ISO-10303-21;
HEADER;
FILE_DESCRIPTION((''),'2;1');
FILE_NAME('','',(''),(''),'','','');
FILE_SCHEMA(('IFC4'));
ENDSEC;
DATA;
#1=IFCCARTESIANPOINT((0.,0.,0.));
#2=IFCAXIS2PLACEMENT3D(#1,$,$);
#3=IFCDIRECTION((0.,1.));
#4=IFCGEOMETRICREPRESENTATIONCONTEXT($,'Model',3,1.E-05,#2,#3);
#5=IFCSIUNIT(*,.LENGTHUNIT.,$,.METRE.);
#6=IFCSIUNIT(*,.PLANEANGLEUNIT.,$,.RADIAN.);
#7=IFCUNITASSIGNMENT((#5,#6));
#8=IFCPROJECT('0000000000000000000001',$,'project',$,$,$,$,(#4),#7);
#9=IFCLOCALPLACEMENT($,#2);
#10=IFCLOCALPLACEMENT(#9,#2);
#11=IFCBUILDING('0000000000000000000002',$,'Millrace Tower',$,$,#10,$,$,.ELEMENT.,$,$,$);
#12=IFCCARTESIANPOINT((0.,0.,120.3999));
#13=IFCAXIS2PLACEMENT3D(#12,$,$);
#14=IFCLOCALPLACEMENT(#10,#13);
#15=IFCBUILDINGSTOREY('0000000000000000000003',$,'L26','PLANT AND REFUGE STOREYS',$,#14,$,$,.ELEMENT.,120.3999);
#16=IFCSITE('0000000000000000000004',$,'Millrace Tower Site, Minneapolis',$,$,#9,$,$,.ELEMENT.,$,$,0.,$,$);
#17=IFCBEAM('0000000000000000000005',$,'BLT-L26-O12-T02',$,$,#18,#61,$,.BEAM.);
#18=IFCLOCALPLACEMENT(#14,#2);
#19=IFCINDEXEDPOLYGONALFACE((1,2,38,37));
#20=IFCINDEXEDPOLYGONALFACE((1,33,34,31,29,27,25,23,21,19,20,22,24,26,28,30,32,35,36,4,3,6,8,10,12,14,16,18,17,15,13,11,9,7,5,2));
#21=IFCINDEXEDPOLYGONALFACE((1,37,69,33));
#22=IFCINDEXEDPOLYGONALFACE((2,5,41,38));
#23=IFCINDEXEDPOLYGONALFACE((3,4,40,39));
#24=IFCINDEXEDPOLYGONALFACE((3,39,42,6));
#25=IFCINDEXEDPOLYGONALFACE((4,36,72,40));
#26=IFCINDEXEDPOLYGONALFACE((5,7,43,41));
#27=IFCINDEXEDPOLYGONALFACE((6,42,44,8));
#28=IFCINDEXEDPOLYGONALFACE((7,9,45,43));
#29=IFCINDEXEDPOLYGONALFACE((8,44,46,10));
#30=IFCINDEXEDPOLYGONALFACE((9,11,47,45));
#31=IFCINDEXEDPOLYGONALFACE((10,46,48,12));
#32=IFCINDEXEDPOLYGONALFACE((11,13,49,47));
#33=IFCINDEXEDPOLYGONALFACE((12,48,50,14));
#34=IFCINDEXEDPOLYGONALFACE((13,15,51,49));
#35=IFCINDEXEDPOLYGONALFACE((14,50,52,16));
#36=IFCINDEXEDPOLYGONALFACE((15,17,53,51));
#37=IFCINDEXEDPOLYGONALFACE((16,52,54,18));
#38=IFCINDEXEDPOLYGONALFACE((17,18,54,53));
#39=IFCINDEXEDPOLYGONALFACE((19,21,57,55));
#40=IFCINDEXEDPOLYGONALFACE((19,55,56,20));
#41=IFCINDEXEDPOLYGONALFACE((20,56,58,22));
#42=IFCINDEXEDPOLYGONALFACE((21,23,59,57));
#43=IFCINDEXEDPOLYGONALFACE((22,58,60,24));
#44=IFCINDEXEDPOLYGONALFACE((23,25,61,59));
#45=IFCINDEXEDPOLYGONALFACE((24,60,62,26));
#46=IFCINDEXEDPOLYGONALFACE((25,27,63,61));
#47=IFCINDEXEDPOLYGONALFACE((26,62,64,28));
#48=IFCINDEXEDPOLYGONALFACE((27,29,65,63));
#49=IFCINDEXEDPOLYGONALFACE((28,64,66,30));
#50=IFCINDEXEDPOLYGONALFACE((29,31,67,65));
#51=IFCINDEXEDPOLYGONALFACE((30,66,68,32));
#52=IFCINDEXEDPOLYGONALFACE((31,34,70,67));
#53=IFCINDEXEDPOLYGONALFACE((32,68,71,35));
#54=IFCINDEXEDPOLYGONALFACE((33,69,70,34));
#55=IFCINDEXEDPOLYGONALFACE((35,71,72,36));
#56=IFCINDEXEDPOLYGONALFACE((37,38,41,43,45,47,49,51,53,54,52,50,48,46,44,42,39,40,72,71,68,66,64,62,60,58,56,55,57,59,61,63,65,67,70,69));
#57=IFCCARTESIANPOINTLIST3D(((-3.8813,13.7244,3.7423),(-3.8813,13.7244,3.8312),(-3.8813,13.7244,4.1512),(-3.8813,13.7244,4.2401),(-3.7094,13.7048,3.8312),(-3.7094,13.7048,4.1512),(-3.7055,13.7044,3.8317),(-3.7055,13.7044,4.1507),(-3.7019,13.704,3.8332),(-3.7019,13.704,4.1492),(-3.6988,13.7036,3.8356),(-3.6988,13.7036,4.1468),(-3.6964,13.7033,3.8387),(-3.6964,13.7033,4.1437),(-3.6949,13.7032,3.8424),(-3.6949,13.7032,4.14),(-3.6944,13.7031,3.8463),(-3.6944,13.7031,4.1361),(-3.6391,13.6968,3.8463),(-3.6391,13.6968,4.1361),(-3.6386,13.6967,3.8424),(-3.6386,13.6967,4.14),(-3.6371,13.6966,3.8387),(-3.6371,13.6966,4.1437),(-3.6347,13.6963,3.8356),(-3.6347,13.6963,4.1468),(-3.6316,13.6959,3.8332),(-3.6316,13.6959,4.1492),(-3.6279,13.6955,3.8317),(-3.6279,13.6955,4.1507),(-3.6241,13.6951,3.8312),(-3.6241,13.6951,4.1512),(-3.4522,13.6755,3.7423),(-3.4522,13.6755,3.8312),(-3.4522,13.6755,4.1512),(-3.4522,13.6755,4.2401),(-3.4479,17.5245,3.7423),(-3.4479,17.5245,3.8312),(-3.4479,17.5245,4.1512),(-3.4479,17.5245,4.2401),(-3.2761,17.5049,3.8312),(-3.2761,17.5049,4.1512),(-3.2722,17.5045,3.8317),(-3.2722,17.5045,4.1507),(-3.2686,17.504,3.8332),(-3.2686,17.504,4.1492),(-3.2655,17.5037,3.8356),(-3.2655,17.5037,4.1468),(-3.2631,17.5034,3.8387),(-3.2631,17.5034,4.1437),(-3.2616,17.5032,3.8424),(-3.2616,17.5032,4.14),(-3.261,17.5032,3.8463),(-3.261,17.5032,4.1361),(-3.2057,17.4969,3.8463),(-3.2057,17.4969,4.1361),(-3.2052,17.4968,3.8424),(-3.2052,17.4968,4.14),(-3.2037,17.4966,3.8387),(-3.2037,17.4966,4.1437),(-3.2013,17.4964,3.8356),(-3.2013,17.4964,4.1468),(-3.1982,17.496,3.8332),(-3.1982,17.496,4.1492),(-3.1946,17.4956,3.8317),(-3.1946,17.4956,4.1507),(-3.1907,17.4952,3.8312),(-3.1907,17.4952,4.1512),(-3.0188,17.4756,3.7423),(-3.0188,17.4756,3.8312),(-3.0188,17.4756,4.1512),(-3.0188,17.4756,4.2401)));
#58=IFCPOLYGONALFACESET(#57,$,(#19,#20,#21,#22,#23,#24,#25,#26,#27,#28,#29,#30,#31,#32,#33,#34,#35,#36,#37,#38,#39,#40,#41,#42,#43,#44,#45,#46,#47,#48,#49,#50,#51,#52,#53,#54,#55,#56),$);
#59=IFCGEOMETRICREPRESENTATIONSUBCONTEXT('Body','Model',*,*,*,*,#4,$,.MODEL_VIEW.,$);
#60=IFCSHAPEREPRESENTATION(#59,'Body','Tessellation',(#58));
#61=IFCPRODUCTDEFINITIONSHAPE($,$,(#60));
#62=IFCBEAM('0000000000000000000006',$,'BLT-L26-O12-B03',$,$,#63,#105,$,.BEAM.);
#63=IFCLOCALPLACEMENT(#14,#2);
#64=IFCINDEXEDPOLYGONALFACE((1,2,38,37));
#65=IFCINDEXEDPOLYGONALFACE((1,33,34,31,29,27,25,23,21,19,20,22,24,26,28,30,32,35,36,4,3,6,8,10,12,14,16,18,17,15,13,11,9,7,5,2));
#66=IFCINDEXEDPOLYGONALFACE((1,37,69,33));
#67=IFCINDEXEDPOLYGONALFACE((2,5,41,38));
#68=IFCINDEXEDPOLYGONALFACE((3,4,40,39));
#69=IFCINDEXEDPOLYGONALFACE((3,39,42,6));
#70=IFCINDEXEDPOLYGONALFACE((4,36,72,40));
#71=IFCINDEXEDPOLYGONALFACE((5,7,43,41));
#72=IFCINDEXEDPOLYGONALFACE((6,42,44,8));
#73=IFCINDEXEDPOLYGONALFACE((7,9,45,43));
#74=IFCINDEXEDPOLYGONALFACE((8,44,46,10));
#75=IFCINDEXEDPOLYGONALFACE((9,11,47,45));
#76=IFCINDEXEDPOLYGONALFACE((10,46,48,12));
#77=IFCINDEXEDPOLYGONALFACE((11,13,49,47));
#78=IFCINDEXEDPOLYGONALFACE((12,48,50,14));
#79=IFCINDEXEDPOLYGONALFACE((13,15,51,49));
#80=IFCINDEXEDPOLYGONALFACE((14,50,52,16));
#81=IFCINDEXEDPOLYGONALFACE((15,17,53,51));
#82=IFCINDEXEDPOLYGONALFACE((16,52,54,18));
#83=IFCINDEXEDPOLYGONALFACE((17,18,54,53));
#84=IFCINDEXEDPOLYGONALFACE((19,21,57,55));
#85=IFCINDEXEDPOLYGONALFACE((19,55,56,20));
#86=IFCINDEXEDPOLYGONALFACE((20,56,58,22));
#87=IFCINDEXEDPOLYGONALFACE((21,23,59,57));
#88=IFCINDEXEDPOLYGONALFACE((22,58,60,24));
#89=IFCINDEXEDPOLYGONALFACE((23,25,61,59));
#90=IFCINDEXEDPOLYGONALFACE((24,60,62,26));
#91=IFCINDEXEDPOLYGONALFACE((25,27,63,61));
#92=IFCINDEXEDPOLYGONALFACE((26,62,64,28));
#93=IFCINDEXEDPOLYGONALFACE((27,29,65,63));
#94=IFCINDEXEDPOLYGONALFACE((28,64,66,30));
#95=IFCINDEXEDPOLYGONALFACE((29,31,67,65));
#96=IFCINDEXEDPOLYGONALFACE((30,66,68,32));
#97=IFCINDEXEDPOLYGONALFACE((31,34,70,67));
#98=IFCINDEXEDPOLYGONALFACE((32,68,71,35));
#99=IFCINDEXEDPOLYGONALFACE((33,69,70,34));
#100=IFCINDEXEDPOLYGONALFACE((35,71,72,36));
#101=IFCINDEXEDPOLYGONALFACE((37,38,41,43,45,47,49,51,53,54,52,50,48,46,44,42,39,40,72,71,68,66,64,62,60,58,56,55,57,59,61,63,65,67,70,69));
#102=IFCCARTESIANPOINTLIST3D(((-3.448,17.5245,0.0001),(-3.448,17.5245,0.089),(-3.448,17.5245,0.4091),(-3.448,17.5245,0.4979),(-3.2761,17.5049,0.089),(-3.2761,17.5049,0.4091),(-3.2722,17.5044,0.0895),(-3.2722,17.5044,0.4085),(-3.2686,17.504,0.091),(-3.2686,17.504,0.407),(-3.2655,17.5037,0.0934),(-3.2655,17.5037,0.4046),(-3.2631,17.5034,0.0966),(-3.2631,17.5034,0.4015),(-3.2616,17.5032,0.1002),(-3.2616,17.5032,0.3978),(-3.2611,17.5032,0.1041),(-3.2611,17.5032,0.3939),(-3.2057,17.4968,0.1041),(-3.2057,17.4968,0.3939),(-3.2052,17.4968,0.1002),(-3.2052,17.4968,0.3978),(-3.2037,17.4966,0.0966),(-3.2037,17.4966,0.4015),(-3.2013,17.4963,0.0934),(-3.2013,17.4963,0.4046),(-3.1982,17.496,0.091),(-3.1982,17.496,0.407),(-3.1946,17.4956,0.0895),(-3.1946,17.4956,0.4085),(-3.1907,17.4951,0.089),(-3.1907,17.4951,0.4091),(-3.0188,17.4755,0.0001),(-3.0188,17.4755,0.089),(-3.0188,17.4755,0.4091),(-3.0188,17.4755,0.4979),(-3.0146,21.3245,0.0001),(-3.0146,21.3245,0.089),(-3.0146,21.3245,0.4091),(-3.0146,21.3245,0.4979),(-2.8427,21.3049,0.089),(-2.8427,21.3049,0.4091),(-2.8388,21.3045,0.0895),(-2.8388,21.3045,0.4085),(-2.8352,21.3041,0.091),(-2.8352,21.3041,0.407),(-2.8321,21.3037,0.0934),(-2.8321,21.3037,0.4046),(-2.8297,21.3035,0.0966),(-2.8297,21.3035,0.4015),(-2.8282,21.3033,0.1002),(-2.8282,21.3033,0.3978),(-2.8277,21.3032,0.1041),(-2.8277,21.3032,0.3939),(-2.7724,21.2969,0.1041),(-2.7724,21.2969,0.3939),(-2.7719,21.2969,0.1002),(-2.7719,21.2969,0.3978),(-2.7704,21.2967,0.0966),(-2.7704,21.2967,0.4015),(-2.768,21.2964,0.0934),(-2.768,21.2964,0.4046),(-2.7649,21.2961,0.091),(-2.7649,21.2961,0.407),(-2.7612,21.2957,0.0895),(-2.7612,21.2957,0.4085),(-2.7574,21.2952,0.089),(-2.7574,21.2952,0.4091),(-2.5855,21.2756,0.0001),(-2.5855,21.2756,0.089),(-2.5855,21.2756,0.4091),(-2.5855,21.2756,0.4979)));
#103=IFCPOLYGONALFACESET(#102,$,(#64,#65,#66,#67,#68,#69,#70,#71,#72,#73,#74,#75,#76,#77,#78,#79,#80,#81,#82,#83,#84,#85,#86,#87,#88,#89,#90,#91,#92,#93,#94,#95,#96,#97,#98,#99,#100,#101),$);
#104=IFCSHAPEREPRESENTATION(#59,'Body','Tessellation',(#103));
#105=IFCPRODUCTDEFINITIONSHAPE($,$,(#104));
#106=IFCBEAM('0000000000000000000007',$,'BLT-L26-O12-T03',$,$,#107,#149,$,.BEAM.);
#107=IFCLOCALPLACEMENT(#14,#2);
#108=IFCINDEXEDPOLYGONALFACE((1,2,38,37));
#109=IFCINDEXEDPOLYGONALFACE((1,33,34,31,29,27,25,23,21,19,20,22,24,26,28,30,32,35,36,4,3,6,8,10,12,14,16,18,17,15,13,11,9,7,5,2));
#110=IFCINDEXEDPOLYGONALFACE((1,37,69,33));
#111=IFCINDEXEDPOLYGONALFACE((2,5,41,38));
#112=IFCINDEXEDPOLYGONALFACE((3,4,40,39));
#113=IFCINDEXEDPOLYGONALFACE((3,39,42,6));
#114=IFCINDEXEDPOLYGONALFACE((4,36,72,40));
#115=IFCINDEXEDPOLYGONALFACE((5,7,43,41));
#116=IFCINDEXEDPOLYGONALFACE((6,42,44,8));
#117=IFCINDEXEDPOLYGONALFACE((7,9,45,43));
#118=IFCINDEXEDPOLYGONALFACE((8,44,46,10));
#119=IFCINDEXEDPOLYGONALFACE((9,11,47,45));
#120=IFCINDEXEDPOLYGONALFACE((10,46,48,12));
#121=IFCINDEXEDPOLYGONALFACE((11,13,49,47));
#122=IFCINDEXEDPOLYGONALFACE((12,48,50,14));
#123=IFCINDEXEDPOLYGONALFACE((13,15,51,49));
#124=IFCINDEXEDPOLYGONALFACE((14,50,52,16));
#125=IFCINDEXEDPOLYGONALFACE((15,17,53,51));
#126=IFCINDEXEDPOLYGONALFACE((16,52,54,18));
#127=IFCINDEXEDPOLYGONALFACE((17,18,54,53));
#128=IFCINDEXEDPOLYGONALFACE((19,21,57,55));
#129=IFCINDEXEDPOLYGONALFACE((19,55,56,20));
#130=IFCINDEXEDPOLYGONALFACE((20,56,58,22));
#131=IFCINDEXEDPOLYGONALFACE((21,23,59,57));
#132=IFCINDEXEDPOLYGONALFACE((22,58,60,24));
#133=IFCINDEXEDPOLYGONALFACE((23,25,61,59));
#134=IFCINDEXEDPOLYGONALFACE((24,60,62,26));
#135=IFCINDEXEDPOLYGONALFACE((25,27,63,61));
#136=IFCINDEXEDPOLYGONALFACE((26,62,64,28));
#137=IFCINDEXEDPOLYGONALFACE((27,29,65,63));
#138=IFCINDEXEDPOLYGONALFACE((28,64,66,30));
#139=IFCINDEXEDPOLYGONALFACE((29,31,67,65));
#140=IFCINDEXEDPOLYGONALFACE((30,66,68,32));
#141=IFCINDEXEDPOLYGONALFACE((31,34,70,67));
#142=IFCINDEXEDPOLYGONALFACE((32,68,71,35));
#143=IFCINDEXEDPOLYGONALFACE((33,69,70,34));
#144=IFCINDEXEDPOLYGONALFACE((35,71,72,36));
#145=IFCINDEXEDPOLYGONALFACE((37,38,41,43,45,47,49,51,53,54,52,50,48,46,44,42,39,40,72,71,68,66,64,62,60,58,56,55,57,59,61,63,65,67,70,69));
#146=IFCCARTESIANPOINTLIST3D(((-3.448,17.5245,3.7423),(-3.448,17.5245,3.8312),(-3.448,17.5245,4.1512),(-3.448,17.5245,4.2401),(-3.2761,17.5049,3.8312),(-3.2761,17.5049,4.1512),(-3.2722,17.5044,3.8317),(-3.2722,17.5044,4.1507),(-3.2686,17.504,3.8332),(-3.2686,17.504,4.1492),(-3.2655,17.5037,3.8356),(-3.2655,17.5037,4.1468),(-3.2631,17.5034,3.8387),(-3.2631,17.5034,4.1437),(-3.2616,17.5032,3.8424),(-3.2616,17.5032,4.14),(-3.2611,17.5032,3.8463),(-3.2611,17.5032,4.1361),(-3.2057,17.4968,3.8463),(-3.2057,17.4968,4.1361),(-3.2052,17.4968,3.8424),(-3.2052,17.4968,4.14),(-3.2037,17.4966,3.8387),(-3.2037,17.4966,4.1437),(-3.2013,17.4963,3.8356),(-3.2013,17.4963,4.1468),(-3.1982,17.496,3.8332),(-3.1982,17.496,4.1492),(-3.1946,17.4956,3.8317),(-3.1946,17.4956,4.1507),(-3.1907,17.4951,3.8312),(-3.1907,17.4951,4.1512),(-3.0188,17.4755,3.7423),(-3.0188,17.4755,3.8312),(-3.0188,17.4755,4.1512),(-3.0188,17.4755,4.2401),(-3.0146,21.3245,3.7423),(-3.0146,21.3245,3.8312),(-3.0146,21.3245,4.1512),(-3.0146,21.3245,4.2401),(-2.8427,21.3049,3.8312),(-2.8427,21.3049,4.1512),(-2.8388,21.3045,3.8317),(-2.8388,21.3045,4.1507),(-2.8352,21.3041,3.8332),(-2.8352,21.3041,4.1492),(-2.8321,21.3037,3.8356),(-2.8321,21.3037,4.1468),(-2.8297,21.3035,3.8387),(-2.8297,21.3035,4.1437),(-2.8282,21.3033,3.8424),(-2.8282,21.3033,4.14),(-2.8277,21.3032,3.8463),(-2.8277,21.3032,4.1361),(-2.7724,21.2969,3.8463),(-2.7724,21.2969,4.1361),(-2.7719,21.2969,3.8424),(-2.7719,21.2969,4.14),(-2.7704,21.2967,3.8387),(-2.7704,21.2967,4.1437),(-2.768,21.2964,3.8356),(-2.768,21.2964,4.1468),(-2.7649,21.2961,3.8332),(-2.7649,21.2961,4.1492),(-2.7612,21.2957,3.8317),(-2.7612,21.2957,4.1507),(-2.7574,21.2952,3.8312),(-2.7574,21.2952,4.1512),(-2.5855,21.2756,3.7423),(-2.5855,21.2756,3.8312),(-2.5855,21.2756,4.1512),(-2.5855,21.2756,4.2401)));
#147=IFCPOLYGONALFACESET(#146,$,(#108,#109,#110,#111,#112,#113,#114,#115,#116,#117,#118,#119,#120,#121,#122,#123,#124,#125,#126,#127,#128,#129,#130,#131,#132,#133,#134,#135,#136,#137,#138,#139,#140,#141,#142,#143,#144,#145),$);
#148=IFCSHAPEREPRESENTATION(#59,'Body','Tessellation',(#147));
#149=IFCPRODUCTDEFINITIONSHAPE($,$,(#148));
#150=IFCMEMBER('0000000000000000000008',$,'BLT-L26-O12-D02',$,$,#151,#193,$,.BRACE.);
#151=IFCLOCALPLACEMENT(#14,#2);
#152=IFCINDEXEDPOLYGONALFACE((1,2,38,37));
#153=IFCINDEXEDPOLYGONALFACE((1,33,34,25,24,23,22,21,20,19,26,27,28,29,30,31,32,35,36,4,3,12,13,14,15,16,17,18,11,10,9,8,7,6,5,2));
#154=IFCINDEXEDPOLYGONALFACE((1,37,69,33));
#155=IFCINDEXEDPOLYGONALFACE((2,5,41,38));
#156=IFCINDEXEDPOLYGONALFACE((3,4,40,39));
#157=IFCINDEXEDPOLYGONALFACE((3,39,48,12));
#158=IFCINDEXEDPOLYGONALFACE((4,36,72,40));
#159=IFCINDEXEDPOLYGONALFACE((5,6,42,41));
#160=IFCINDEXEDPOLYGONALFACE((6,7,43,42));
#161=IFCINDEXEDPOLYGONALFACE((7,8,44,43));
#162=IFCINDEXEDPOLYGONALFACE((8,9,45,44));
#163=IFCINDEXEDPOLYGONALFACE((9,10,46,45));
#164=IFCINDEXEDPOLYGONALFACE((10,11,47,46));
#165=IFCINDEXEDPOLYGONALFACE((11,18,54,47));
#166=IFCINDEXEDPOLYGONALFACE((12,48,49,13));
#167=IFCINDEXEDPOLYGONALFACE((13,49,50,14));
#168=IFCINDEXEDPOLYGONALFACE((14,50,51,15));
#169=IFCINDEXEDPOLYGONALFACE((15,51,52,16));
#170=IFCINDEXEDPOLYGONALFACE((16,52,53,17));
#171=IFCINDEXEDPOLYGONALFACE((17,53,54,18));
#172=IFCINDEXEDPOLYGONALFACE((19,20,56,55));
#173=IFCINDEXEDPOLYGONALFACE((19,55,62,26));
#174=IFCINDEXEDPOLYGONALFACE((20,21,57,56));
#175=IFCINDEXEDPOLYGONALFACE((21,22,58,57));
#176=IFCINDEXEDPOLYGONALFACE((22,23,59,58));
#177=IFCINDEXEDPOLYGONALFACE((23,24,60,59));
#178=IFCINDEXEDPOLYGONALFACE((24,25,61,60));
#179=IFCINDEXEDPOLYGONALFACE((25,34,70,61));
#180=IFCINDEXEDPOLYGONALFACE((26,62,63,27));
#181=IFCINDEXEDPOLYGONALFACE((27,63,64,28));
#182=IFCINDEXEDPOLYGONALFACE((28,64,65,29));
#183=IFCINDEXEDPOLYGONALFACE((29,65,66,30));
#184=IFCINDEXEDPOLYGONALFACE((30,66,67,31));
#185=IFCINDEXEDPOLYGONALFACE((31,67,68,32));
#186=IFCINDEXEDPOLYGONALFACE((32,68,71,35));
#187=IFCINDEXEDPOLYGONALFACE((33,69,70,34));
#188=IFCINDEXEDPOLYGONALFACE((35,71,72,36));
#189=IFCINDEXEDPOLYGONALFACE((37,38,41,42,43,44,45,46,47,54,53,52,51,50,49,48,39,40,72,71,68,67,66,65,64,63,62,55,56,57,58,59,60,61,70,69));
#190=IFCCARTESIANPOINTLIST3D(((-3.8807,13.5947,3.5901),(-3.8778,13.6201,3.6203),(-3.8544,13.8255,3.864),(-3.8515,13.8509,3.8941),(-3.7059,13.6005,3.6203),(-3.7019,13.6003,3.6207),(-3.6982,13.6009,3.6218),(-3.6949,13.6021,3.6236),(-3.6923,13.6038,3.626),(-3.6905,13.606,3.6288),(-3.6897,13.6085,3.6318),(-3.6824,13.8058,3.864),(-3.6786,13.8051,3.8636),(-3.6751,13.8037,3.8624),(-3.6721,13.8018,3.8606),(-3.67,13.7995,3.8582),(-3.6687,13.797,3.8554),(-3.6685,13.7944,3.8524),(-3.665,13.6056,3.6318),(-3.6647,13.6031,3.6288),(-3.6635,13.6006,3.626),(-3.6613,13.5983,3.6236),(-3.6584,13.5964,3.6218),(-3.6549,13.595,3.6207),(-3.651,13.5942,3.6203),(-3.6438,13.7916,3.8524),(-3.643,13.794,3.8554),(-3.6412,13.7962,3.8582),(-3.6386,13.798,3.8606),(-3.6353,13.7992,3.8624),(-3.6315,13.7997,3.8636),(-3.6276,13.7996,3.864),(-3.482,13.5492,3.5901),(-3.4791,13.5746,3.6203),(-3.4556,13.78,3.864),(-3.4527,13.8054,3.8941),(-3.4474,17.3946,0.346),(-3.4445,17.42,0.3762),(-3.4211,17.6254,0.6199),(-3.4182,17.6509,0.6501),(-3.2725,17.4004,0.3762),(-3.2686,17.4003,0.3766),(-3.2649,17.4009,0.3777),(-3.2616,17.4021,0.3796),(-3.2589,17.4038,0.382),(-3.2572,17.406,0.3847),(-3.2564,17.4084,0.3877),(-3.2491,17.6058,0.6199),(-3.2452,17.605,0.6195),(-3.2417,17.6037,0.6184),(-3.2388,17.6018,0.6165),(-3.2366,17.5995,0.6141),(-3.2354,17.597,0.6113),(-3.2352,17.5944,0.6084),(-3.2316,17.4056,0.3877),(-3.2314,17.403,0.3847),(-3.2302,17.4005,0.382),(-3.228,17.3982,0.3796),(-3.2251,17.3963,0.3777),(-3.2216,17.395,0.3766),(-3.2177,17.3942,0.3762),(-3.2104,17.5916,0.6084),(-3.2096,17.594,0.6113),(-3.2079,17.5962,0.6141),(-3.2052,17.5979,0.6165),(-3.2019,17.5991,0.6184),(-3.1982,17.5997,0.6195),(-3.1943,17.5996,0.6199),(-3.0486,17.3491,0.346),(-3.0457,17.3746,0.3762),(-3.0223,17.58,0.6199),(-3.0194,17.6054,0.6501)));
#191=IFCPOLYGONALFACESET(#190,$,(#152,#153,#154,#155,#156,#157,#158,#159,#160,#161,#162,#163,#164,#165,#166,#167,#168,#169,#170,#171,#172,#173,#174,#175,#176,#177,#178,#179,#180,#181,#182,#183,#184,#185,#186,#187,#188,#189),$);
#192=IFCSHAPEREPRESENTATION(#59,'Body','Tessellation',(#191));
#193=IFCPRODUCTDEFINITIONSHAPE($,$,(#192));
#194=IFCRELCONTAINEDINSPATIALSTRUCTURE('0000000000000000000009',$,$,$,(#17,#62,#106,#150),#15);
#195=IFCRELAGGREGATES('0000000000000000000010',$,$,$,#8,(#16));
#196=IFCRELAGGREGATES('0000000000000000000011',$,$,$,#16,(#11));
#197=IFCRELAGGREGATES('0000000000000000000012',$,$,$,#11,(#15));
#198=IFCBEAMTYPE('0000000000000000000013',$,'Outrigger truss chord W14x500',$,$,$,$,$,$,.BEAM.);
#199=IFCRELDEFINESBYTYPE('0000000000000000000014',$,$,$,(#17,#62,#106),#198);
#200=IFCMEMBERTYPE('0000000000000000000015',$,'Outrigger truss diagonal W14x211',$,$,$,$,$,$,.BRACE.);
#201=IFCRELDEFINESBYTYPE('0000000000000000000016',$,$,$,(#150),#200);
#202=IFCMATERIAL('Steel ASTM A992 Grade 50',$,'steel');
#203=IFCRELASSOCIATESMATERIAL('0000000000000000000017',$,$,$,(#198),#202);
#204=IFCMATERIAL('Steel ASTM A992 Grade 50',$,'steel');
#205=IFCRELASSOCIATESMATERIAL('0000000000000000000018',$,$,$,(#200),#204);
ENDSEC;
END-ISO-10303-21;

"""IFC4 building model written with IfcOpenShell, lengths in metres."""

from ifc_helpers import new_model, si_unit, direction, frame, origin, origin_2d, place, context, subcontext, project, spatial, i_section, extrude, material, material_profile, profile_set, type_object, element, save


model = new_model("IFC4")

# Units and contexts
model_context = context("Model", 3, precision=1e-05, world=origin(), true_north=direction((0.0, 1.0)))
body_context = subcontext(model_context, "Body", "Model", "MODEL_VIEW")
ifc_project = project(units=[si_unit("LENGTHUNIT", "METRE"), si_unit("PLANEANGLEUNIT", "RADIAN")], contexts=[model_context])

# Site, building, storey
site_placement = place(None, origin())
site = spatial("IfcSite", under=ifc_project, at=site_placement, Name="Millrace Tower Site, Minneapolis", CompositionType="ELEMENT", RefElevation=0.0)
building_placement = place(site_placement, origin())
building = spatial("IfcBuilding", under=site, at=building_placement, Name="Millrace Tower", CompositionType="ELEMENT")
storey_placement = place(building_placement, frame((0.0, 0.0, 120.3999)))
storey = spatial("IfcBuildingStorey", under=building, at=storey_placement, Name="L26", Description="PLANT AND REFUGE STOREYS", CompositionType="ELEMENT", Elevation=120.3999)

# Beams
ifc_material_1 = material(Name="Steel ASTM A992 Grade 50", Category="steel")
ifc_material_profile_1 = material_profile(ifc_material_1, i_section(OverallWidth=0.4319, OverallDepth=0.4978, WebThickness=0.0557, FlangeThickness=0.0889, FilletRadius=0.0151, at=origin_2d()))
ifc_profile_set_1 = profile_set([ifc_material_profile_1], Name="Steel ASTM A992 Grade 50")
beam_type_1 = type_object("IfcBeamType", Name="Outrigger truss chord W14x500", PredefinedType="BEAM", material=ifc_profile_set_1)
for number, where, z_axis, x_axis, name in (
    (1, (-3.6667, 13.7, 3.9912), (0.113304, 0.99356, 0.0), (-0.99356, 0.113304, 0.0), "BLT-L26-O12-T02"),
    (2, (-3.2334, 17.5, 0.249), (0.113304, 0.99356, 0.0), (-0.99356, 0.113304, 0.0), "BLT-L26-O12-B03"),
    (3, (-3.2334, 17.5, 3.9912), (0.113304, 0.99356, 0.0), (-0.99356, 0.113304, 0.0), "BLT-L26-O12-T03"),
):
    element("IfcBeam", number, at=place(storey_placement, frame(where, z_axis=z_axis, x_axis=x_axis)), inside=storey, type_object=beam_type_1, Name=name, PredefinedType="BEAM", context=body_context, shape_type="SweptSolid", body=[
        extrude(i_section(OverallWidth=0.4319, OverallDepth=0.4978, WebThickness=0.0557, FlangeThickness=0.0889, FilletRadius=0.0151, at=origin_2d()), origin(), (0.0, 0.0, 1.0), 3.8247),
    ])

# Member
ifc_material_2 = material(Name="Steel ASTM A992 Grade 50", Category="steel")
ifc_material_profile_2 = material_profile(ifc_material_2, i_section(OverallWidth=0.4014, OverallDepth=0.3987, WebThickness=0.0249, FlangeThickness=0.0396, FilletRadius=0.0151, at=origin_2d()))
ifc_profile_set_2 = profile_set([ifc_material_profile_2], Name="Steel ASTM A992 Grade 50")
member_type_1 = type_object("IfcMemberType", Name="Outrigger truss diagonal W14x211", PredefinedType="BRACE", material=ifc_profile_set_2)
member_1_placement = place(storey_placement, frame((-3.2334, 17.5, 0.498), z_axis=(-0.086407, -0.757701, 0.646857), x_axis=(0.99356, -0.113304, 0.0)))
element("IfcMember", 4, at=member_1_placement, inside=storey, type_object=member_type_1, Name="BLT-L26-O12-D02", PredefinedType="BRACE", context=body_context, shape_type="SweptSolid", body=[
    extrude(i_section(OverallWidth=0.4014, OverallDepth=0.3987, WebThickness=0.0249, FlangeThickness=0.0396, FilletRadius=0.0151, at=origin_2d()), origin(), (0.0, 0.0, 1.0), 5.0151),
])

save(model, "model.ifc")
